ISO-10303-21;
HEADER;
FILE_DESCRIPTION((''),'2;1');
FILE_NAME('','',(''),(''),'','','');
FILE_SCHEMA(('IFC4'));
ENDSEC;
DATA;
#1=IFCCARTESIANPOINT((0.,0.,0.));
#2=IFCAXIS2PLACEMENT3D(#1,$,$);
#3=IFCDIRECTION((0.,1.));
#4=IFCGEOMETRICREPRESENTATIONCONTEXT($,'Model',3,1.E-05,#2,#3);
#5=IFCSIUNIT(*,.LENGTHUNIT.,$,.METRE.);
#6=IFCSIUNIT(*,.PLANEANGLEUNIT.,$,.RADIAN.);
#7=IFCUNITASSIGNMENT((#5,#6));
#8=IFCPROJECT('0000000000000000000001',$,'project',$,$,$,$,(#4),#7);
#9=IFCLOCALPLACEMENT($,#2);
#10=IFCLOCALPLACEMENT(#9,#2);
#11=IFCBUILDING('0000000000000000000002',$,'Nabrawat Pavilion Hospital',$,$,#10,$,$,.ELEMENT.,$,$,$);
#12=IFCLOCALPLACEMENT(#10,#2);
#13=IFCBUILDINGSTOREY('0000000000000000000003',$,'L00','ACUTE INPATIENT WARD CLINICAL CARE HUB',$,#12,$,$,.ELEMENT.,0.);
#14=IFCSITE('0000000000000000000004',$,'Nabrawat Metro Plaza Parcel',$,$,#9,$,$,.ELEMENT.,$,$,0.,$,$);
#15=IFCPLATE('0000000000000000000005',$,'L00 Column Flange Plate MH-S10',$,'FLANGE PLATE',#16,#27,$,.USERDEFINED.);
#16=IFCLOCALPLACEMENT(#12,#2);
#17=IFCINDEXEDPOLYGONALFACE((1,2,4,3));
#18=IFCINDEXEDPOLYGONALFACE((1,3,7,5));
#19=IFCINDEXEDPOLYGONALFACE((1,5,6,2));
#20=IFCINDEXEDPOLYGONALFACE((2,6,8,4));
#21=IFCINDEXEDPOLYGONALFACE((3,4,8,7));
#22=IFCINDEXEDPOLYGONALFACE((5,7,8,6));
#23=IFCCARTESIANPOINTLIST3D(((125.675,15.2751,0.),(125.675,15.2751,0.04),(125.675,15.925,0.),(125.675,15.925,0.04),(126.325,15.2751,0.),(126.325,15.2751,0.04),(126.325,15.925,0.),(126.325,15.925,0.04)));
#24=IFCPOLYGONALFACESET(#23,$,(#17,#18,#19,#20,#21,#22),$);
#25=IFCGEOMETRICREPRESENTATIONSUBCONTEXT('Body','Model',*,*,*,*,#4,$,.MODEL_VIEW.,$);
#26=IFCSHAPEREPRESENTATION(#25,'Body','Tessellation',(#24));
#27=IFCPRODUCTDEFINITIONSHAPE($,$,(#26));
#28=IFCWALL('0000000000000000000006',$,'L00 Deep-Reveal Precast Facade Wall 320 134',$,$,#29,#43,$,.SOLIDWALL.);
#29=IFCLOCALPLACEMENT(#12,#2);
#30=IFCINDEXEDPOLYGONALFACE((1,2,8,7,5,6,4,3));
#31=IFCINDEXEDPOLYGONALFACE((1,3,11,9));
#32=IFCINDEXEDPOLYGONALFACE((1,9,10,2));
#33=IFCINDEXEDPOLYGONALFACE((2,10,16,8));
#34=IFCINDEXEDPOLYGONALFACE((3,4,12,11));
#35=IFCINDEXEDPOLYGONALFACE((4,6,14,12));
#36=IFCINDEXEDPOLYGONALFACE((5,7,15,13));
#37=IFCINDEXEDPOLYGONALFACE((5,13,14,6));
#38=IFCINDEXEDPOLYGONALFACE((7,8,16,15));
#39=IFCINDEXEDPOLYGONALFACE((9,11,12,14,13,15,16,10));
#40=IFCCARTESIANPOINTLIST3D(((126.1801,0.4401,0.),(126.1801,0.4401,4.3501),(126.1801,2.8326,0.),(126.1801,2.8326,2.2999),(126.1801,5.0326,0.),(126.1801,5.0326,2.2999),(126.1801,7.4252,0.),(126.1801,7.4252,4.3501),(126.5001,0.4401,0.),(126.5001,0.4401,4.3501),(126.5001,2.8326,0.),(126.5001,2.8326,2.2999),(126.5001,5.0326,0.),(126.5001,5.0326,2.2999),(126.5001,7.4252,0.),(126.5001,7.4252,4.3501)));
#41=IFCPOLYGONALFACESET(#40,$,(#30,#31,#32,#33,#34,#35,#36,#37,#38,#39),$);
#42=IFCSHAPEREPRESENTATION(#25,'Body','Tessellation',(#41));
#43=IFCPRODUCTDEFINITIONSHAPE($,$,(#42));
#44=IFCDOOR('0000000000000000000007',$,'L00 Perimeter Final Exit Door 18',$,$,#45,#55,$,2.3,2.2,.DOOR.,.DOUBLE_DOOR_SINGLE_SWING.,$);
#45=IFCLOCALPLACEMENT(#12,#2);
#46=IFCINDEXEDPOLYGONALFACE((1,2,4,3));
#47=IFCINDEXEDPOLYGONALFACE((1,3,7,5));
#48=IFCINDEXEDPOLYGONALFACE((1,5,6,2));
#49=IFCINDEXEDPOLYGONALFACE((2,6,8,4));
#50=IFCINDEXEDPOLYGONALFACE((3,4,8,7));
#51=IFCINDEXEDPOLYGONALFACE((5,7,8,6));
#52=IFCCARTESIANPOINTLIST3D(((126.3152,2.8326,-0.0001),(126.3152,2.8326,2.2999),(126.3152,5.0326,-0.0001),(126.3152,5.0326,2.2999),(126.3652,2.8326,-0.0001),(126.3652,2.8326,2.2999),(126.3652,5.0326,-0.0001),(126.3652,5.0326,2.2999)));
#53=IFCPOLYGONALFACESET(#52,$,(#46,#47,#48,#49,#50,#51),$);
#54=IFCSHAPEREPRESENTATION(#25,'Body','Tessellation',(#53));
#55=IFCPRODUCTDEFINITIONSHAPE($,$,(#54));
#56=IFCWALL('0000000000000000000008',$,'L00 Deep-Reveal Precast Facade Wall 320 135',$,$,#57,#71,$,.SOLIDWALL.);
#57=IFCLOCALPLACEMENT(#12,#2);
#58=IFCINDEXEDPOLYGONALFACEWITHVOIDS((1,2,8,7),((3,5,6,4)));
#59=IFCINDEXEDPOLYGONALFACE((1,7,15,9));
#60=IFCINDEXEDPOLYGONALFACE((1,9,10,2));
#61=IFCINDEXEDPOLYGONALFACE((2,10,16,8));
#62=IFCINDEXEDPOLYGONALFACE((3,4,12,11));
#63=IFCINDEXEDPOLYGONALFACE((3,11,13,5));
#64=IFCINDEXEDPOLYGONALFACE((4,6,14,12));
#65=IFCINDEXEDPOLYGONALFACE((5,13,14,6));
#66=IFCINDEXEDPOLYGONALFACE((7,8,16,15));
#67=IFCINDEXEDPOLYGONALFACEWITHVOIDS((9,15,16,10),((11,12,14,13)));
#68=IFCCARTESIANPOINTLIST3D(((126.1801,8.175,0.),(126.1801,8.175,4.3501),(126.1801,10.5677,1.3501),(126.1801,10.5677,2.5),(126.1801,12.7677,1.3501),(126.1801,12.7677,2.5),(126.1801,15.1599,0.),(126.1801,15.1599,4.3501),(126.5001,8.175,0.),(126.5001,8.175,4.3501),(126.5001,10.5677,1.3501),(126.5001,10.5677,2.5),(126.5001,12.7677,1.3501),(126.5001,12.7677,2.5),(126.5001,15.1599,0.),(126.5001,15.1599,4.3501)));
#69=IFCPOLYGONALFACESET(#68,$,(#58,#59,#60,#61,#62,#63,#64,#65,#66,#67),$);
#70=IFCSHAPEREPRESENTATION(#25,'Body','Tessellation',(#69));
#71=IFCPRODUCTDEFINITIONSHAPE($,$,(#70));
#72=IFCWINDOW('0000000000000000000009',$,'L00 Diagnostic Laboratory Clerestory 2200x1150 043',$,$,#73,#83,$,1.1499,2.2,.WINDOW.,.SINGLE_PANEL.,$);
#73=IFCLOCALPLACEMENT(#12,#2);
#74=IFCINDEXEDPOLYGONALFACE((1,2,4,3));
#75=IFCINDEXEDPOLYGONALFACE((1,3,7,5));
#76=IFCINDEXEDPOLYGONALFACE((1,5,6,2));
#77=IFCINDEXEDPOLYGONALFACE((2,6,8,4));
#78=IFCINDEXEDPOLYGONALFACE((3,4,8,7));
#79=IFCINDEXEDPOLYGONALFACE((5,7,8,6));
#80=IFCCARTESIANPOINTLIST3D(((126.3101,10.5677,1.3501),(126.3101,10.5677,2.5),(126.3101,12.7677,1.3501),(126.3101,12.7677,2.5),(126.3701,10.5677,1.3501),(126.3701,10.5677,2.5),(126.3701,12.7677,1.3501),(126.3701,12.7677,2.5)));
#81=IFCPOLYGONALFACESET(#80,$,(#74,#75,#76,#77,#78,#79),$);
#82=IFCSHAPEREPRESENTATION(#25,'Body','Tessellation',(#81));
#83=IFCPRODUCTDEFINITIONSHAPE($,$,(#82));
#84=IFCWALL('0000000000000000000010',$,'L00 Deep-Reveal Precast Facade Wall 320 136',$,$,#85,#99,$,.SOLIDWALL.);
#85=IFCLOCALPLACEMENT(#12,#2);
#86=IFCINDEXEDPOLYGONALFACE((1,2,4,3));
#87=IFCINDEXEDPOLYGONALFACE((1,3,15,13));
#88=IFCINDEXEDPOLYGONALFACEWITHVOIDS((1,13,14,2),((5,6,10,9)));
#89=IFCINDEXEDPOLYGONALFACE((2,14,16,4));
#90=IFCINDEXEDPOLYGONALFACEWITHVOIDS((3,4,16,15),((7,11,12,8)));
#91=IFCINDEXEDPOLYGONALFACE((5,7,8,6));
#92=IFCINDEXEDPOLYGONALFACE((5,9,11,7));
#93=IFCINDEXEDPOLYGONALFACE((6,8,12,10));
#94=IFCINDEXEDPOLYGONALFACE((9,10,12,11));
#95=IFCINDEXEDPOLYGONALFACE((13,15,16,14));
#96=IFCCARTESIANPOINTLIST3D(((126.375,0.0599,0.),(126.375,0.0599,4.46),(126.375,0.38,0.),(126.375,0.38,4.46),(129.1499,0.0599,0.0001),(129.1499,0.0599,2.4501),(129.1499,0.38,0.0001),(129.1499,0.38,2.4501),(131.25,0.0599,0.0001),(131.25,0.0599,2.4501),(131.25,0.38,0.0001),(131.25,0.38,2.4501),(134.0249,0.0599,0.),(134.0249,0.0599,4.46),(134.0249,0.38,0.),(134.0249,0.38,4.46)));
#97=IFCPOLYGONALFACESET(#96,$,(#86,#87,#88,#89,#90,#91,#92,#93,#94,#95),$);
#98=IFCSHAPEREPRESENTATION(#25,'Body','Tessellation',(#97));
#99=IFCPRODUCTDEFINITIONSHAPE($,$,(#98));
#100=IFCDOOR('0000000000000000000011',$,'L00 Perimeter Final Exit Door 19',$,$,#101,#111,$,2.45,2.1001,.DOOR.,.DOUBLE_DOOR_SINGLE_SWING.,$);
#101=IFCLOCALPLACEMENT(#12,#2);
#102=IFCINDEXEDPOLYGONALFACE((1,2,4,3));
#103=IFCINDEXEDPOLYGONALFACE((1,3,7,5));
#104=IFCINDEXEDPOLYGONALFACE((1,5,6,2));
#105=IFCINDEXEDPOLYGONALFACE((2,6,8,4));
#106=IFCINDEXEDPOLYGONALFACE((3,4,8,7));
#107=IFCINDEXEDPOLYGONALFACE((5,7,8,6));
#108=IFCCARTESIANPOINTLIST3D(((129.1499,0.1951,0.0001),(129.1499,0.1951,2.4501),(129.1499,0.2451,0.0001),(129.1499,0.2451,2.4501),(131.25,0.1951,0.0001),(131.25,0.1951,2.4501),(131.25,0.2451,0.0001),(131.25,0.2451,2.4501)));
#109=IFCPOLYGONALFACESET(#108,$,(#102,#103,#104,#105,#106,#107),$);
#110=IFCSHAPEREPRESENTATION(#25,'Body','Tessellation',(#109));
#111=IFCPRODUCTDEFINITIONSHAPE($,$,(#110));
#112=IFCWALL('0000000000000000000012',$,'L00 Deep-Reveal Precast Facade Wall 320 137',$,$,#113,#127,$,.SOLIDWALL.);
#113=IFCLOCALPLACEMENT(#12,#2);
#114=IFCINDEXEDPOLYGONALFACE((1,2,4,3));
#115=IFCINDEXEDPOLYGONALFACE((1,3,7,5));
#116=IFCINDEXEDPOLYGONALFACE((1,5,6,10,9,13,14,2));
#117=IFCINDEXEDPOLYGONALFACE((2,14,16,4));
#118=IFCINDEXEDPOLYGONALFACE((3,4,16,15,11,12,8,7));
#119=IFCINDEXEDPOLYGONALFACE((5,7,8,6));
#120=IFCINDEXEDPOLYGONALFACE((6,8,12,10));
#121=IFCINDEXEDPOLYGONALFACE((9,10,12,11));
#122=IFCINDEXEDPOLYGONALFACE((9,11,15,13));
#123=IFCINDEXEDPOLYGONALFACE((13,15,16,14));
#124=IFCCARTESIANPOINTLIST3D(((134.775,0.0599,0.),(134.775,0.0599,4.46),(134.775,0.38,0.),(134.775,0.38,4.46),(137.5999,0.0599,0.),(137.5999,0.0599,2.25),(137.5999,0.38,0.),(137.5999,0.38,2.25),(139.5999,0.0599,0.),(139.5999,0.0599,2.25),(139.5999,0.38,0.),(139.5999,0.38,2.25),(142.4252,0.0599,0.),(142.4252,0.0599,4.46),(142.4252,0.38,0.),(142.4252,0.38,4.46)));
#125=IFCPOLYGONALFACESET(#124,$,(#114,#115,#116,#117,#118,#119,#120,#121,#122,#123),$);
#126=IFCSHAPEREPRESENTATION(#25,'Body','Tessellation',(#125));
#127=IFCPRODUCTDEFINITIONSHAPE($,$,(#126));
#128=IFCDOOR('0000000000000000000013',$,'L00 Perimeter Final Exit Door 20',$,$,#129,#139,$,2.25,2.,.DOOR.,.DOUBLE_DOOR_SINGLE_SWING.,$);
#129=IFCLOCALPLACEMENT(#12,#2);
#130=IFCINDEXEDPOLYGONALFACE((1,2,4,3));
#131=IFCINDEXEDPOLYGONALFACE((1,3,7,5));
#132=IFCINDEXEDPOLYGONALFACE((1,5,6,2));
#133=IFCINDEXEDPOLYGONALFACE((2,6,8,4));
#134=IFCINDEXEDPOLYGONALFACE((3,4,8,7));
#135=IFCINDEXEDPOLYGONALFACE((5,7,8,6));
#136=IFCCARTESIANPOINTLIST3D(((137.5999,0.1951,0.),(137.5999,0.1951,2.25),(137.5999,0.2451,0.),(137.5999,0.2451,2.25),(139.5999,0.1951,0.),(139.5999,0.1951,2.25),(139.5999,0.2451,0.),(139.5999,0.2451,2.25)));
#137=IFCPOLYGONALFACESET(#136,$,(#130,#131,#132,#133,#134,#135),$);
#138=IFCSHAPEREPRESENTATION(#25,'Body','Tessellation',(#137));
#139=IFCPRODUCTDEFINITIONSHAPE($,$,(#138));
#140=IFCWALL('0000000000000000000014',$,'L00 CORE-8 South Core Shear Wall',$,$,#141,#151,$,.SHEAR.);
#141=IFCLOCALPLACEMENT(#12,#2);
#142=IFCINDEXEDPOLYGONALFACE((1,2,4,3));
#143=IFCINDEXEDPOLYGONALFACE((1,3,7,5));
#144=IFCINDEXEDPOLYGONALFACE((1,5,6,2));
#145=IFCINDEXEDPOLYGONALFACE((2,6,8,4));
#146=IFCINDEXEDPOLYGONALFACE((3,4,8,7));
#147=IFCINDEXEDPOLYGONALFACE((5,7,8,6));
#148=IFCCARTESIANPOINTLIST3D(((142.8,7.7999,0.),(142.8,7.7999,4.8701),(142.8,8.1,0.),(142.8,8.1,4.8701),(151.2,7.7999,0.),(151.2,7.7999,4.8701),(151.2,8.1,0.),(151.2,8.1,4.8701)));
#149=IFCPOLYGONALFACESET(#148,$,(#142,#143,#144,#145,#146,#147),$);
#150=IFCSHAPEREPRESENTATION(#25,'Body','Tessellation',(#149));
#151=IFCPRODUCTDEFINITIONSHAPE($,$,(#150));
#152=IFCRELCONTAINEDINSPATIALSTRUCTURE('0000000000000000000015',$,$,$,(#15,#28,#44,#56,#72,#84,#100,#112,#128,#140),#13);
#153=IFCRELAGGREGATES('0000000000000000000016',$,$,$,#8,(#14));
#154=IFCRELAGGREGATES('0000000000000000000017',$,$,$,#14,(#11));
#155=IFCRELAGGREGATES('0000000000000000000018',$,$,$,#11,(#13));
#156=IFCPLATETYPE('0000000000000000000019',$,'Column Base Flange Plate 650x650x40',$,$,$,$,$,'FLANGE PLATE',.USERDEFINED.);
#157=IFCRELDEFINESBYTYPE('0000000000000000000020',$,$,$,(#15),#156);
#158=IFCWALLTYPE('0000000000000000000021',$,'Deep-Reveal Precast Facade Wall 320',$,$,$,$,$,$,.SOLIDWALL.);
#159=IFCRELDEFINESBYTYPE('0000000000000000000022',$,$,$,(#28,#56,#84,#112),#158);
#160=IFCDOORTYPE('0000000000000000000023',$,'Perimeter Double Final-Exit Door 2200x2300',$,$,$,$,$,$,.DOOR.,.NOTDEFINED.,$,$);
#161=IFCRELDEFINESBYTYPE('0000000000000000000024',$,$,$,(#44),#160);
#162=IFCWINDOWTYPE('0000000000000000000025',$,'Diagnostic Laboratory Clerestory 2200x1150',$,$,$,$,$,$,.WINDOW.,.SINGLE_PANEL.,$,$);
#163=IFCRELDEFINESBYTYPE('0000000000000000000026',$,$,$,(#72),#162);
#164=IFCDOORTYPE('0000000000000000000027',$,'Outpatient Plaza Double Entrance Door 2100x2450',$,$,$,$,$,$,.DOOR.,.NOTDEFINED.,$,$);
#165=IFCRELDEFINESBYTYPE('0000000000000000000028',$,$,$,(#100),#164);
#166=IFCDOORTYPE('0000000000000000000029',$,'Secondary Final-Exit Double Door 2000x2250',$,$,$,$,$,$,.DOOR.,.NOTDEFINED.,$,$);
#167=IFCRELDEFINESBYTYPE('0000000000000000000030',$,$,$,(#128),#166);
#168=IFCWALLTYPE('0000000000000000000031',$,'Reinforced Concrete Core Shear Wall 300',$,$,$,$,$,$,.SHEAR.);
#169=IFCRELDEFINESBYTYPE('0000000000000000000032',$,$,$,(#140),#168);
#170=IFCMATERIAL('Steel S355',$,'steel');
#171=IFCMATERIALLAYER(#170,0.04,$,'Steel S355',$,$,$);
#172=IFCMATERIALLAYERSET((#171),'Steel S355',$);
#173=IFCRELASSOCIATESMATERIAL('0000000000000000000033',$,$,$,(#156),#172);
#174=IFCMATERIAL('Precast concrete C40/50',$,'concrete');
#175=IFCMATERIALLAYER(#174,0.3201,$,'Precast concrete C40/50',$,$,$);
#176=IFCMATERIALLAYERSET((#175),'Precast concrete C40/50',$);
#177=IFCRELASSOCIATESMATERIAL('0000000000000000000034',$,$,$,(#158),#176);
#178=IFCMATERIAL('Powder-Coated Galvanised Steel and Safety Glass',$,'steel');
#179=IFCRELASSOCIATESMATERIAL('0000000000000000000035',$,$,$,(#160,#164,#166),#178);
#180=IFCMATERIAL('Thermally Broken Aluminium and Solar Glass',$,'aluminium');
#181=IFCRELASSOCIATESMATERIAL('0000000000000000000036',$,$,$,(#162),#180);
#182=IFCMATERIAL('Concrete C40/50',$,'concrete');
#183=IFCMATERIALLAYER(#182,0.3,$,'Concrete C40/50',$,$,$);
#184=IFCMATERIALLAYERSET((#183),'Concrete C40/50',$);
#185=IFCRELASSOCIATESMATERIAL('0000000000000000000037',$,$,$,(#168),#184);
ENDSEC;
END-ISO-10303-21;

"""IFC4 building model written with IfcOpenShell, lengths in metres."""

from ifc_helpers import new_model, si_unit, direction, frame, frame_2d, origin, origin_2d, place, context, subcontext, project, spatial, rectangle, extrude, material, layer, layer_set, type_object, element, fill, save


model = new_model("IFC4")

# Units and contexts
model_context = context("Model", 3, precision=1e-05, world=origin(), true_north=direction((0.0, 1.0)))
body_context = subcontext(model_context, "Body", "Model", "MODEL_VIEW")
ifc_project = project(units=[si_unit("LENGTHUNIT", "METRE"), si_unit("PLANEANGLEUNIT", "RADIAN")], contexts=[model_context])

# Site, building, storey
site_placement = place(None, origin())
site = spatial("IfcSite", under=ifc_project, at=site_placement, Name="Nabrawat Metro Plaza Parcel", CompositionType="ELEMENT", RefElevation=0.0)
building_placement = place(site_placement, origin())
building = spatial("IfcBuilding", under=site, at=building_placement, Name="Nabrawat Pavilion Hospital", CompositionType="ELEMENT")
storey_placement = place(building_placement, origin())
storey = spatial("IfcBuildingStorey", under=building, at=storey_placement, Name="L00", Description="ACUTE INPATIENT WARD CLINICAL CARE HUB", CompositionType="ELEMENT", Elevation=0.0)

# Shared definitions
ifc_material_1 = material(Name="Concrete C40/50", Category="concrete")

# Shared definitions
ifc_material_2 = material(Name="Steel S355", Category="steel")

# Plate
ifc_layer_1 = layer(ifc_material_2, 0.04, Name="Steel S355")
ifc_layer_set_1 = layer_set([ifc_layer_1], Name="Steel S355")
plate_type = type_object("IfcPlateType", Name="Column Base Flange Plate 650x650x40", ElementType="FLANGE PLATE", PredefinedType="USERDEFINED", material=ifc_layer_set_1)
plate_placement = place(storey_placement, frame((126.0, 15.6001, 0.0), z_axis=(0.0, 0.0, 1.0), x_axis=(1.0, 0.0, 0.0)))
element("IfcPlate", 1, at=plate_placement, inside=storey, type_object=plate_type, Name="L00 Column Flange Plate MH-S10", ObjectType="FLANGE PLATE", PredefinedType="USERDEFINED", context=body_context, shape_type="SweptSolid", body=[
    extrude(rectangle(XDim=0.6499, YDim=0.6499, at=origin_2d()), origin(), (0.0, 0.0, 1.0), 0.04),
])

# Wall, opening, door
ifc_material_3 = material(Name="Precast concrete C40/50", Category="concrete")
ifc_layer_2 = layer(ifc_material_3, 0.3201, Name="Precast concrete C40/50")
ifc_layer_set_2 = layer_set([ifc_layer_2], Name="Precast concrete C40/50")
wall_type_1 = type_object("IfcWallType", Name="Deep-Reveal Precast Facade Wall 320", PredefinedType="SOLIDWALL", material=ifc_layer_set_2)
wall_1_placement = place(storey_placement, frame((126.3401, 0.4399, 0.0), z_axis=(0.0, 0.0, 1.0), x_axis=(0.0, 1.0, 0.0)))
wall_1 = element("IfcWall", 2, at=wall_1_placement, inside=storey, type_object=wall_type_1, Name="L00 Deep-Reveal Precast Facade Wall 320 134", PredefinedType="SOLIDWALL", context=body_context, shape_type="SweptSolid", body=[
    extrude(rectangle(XDim=6.9851, YDim=0.3201, at=frame_2d((3.4927, 0.0))), origin(), (0.0, 0.0, 1.0), 4.3501),
])
opening_1_placement = place(wall_1_placement, frame((2.3926, 0.0, 0.0)))
opening_1 = element("IfcOpeningElement", 3, at=opening_1_placement, cuts=wall_1, PredefinedType="OPENING", context=body_context, shape_type="SweptSolid", body=[
    extrude(rectangle(XDim=2.2, YDim=2.3, at=frame_2d((1.1001, 1.1499))), frame((0.0, 0.1699, 0.0), z_axis=(0.0, -1.0, 0.0), x_axis=(1.0, 0.0, 0.0)), (0.0, 0.0, 1.0), 0.3401),
])
ifc_material_4 = material(Name="Powder-Coated Galvanised Steel and Safety Glass", Category="steel")
door_type_1 = type_object("IfcDoorType", Name="Perimeter Double Final-Exit Door 2200x2300", OperationType="NOTDEFINED", PredefinedType="DOOR", material=ifc_material_4)
door_1_placement = place(opening_1_placement, origin())
door_1 = element("IfcDoor", 4, at=door_1_placement, inside=storey, type_object=door_type_1, Name="L00 Perimeter Final Exit Door 18", OperationType="DOUBLE_DOOR_SINGLE_SWING", OverallHeight=2.3, OverallWidth=2.2, PredefinedType="DOOR", context=body_context, shape_type="SweptSolid", body=[
    extrude(rectangle(XDim=2.2, YDim=2.3, at=frame_2d((1.1001, 1.1499))), frame((0.0, 0.0249, 0.0), z_axis=(0.0, -1.0, 0.0), x_axis=(1.0, 0.0, 0.0)), (0.0, 0.0, 1.0), 0.05),
])
fill(opening_1, door_1)

# Wall, opening, window
wall_2_placement = place(storey_placement, frame((126.3401, 8.175, 0.0), z_axis=(0.0, 0.0, 1.0), x_axis=(0.0, 1.0, 0.0)))
wall_2 = element("IfcWall", 5, at=wall_2_placement, inside=storey, type_object=wall_type_1, Name="L00 Deep-Reveal Precast Facade Wall 320 135", PredefinedType="SOLIDWALL", context=body_context, shape_type="SweptSolid", body=[
    extrude(rectangle(XDim=6.9849, YDim=0.3201, at=frame_2d((3.4924, 0.0))), origin(), (0.0, 0.0, 1.0), 4.3501),
])
opening_2_placement = place(wall_2_placement, frame((2.3926, 0.0, 1.3501)))
opening_2 = element("IfcOpeningElement", 6, at=opening_2_placement, cuts=wall_2, PredefinedType="OPENING", context=body_context, shape_type="SweptSolid", body=[
    extrude(rectangle(XDim=2.2, YDim=1.1499, at=frame_2d((1.1001, 0.575))), frame((0.0, 0.1699, 0.0), z_axis=(0.0, -1.0, 0.0), x_axis=(1.0, 0.0, 0.0)), (0.0, 0.0, 1.0), 0.3401),
])
ifc_material_5 = material(Name="Thermally Broken Aluminium and Solar Glass", Category="aluminium")
window_type = type_object("IfcWindowType", Name="Diagnostic Laboratory Clerestory 2200x1150", PartitioningType="SINGLE_PANEL", PredefinedType="WINDOW", material=ifc_material_5)
window_placement = place(opening_2_placement, origin())
window = element("IfcWindow", 7, at=window_placement, inside=storey, type_object=window_type, Name="L00 Diagnostic Laboratory Clerestory 2200x1150 043", OverallHeight=1.1499, OverallWidth=2.2, PartitioningType="SINGLE_PANEL", PredefinedType="WINDOW", context=body_context, shape_type="SweptSolid", body=[
    extrude(rectangle(XDim=2.2, YDim=1.1499, at=frame_2d((1.1001, 0.575))), frame((0.0, 0.03, 0.0), z_axis=(0.0, -1.0, 0.0), x_axis=(1.0, 0.0, 0.0)), (0.0, 0.0, 1.0), 0.0601),
])
fill(opening_2, window)

# Walls, openings, doors
wall_3_placement = place(storey_placement, frame((126.375, 0.22, 0.0), z_axis=(0.0, 0.0, 1.0), x_axis=(1.0, 0.0, 0.0)))
wall_3 = element("IfcWall", 8, at=wall_3_placement, inside=storey, type_object=wall_type_1, Name="L00 Deep-Reveal Precast Facade Wall 320 136", PredefinedType="SOLIDWALL", context=body_context, shape_type="SweptSolid", body=[
    extrude(rectangle(XDim=7.6499, YDim=0.3201, at=frame_2d((3.825, 0.0))), origin(), (0.0, 0.0, 1.0), 4.46),
])
opening_3_placement = place(wall_3_placement, frame((2.7749, 0.0, 0.0)))
opening_3 = element("IfcOpeningElement", 9, at=opening_3_placement, cuts=wall_3, PredefinedType="OPENING", context=body_context, shape_type="SweptSolid", body=[
    extrude(rectangle(XDim=2.1001, YDim=2.45, at=frame_2d((1.05, 1.2251))), frame((0.0, 0.1699, 0.0), z_axis=(0.0, -1.0, 0.0), x_axis=(1.0, 0.0, 0.0)), (0.0, 0.0, 1.0), 0.3401),
])
door_type_2 = type_object("IfcDoorType", Name="Outpatient Plaza Double Entrance Door 2100x2450", OperationType="NOTDEFINED", PredefinedType="DOOR", material=ifc_material_4)
door_2_placement = place(opening_3_placement, frame((2.1001, 0.0, 0.0), z_axis=(0.0, 0.0, 1.0), x_axis=(-1.0, 0.0, 0.0)))
door_2 = element("IfcDoor", 10, at=door_2_placement, inside=storey, type_object=door_type_2, Name="L00 Perimeter Final Exit Door 19", OperationType="DOUBLE_DOOR_SINGLE_SWING", OverallHeight=2.45, OverallWidth=2.1001, PredefinedType="DOOR", context=body_context, shape_type="SweptSolid", body=[
    extrude(rectangle(XDim=2.1001, YDim=2.45, at=frame_2d((1.05, 1.2251))), frame((0.0, 0.0249, 0.0), z_axis=(0.0, -1.0, 0.0), x_axis=(1.0, 0.0, 0.0)), (0.0, 0.0, 1.0), 0.05),
])
fill(opening_3, door_2)
wall_4_placement = place(storey_placement, frame((134.7749, 0.22, 0.0), z_axis=(0.0, 0.0, 1.0), x_axis=(1.0, 0.0, 0.0)))
wall_4 = element("IfcWall", 11, at=wall_4_placement, inside=storey, type_object=wall_type_1, Name="L00 Deep-Reveal Precast Facade Wall 320 137", PredefinedType="SOLIDWALL", context=body_context, shape_type="SweptSolid", body=[
    extrude(rectangle(XDim=7.6501, YDim=0.3201, at=frame_2d((3.8252, 0.0))), origin(), (0.0, 0.0, 1.0), 4.46),
])
opening_4_placement = place(wall_4_placement, frame((2.825, 0.0, 0.0)))
opening_4 = element("IfcOpeningElement", 12, at=opening_4_placement, cuts=wall_4, PredefinedType="OPENING", context=body_context, shape_type="SweptSolid", body=[
    extrude(rectangle(XDim=2.0, YDim=2.25, at=frame_2d((1.0, 1.125))), frame((0.0, 0.1699, 0.0), z_axis=(0.0, -1.0, 0.0), x_axis=(1.0, 0.0, 0.0)), (0.0, 0.0, 1.0), 0.3401),
])
door_type_3 = type_object("IfcDoorType", Name="Secondary Final-Exit Double Door 2000x2250", OperationType="NOTDEFINED", PredefinedType="DOOR", material=ifc_material_4)
door_3_placement = place(opening_4_placement, frame((2.0, 0.0, 0.0), z_axis=(0.0, 0.0, 1.0), x_axis=(-1.0, 0.0, 0.0)))
door_3 = element("IfcDoor", 13, at=door_3_placement, inside=storey, type_object=door_type_3, Name="L00 Perimeter Final Exit Door 20", OperationType="DOUBLE_DOOR_SINGLE_SWING", OverallHeight=2.25, OverallWidth=2.0, PredefinedType="DOOR", context=body_context, shape_type="SweptSolid", body=[
    extrude(rectangle(XDim=2.0, YDim=2.25, at=frame_2d((1.0, 1.125))), frame((0.0, 0.0249, 0.0), z_axis=(0.0, -1.0, 0.0), x_axis=(1.0, 0.0, 0.0)), (0.0, 0.0, 1.0), 0.05),
])
fill(opening_4, door_3)

# Wall
ifc_layer_3 = layer(ifc_material_1, 0.3, Name="Concrete C40/50")
ifc_layer_set_3 = layer_set([ifc_layer_3], Name="Concrete C40/50")
wall_type_2 = type_object("IfcWallType", Name="Reinforced Concrete Core Shear Wall 300", PredefinedType="SHEAR", material=ifc_layer_set_3)
wall_5_placement = place(storey_placement, frame((142.8, 7.95, 0.0), z_axis=(0.0, 0.0, 1.0), x_axis=(1.0, 0.0, 0.0)))
element("IfcWall", 14, at=wall_5_placement, inside=storey, type_object=wall_type_2, Name="L00 CORE-8 South Core Shear Wall", PredefinedType="SHEAR", context=body_context, shape_type="SweptSolid", body=[
    extrude(rectangle(XDim=8.3999, YDim=0.3, at=frame_2d((4.2, 0.0))), origin(), (0.0, 0.0, 1.0), 4.8701),
])

save(model, "model.ifc")
